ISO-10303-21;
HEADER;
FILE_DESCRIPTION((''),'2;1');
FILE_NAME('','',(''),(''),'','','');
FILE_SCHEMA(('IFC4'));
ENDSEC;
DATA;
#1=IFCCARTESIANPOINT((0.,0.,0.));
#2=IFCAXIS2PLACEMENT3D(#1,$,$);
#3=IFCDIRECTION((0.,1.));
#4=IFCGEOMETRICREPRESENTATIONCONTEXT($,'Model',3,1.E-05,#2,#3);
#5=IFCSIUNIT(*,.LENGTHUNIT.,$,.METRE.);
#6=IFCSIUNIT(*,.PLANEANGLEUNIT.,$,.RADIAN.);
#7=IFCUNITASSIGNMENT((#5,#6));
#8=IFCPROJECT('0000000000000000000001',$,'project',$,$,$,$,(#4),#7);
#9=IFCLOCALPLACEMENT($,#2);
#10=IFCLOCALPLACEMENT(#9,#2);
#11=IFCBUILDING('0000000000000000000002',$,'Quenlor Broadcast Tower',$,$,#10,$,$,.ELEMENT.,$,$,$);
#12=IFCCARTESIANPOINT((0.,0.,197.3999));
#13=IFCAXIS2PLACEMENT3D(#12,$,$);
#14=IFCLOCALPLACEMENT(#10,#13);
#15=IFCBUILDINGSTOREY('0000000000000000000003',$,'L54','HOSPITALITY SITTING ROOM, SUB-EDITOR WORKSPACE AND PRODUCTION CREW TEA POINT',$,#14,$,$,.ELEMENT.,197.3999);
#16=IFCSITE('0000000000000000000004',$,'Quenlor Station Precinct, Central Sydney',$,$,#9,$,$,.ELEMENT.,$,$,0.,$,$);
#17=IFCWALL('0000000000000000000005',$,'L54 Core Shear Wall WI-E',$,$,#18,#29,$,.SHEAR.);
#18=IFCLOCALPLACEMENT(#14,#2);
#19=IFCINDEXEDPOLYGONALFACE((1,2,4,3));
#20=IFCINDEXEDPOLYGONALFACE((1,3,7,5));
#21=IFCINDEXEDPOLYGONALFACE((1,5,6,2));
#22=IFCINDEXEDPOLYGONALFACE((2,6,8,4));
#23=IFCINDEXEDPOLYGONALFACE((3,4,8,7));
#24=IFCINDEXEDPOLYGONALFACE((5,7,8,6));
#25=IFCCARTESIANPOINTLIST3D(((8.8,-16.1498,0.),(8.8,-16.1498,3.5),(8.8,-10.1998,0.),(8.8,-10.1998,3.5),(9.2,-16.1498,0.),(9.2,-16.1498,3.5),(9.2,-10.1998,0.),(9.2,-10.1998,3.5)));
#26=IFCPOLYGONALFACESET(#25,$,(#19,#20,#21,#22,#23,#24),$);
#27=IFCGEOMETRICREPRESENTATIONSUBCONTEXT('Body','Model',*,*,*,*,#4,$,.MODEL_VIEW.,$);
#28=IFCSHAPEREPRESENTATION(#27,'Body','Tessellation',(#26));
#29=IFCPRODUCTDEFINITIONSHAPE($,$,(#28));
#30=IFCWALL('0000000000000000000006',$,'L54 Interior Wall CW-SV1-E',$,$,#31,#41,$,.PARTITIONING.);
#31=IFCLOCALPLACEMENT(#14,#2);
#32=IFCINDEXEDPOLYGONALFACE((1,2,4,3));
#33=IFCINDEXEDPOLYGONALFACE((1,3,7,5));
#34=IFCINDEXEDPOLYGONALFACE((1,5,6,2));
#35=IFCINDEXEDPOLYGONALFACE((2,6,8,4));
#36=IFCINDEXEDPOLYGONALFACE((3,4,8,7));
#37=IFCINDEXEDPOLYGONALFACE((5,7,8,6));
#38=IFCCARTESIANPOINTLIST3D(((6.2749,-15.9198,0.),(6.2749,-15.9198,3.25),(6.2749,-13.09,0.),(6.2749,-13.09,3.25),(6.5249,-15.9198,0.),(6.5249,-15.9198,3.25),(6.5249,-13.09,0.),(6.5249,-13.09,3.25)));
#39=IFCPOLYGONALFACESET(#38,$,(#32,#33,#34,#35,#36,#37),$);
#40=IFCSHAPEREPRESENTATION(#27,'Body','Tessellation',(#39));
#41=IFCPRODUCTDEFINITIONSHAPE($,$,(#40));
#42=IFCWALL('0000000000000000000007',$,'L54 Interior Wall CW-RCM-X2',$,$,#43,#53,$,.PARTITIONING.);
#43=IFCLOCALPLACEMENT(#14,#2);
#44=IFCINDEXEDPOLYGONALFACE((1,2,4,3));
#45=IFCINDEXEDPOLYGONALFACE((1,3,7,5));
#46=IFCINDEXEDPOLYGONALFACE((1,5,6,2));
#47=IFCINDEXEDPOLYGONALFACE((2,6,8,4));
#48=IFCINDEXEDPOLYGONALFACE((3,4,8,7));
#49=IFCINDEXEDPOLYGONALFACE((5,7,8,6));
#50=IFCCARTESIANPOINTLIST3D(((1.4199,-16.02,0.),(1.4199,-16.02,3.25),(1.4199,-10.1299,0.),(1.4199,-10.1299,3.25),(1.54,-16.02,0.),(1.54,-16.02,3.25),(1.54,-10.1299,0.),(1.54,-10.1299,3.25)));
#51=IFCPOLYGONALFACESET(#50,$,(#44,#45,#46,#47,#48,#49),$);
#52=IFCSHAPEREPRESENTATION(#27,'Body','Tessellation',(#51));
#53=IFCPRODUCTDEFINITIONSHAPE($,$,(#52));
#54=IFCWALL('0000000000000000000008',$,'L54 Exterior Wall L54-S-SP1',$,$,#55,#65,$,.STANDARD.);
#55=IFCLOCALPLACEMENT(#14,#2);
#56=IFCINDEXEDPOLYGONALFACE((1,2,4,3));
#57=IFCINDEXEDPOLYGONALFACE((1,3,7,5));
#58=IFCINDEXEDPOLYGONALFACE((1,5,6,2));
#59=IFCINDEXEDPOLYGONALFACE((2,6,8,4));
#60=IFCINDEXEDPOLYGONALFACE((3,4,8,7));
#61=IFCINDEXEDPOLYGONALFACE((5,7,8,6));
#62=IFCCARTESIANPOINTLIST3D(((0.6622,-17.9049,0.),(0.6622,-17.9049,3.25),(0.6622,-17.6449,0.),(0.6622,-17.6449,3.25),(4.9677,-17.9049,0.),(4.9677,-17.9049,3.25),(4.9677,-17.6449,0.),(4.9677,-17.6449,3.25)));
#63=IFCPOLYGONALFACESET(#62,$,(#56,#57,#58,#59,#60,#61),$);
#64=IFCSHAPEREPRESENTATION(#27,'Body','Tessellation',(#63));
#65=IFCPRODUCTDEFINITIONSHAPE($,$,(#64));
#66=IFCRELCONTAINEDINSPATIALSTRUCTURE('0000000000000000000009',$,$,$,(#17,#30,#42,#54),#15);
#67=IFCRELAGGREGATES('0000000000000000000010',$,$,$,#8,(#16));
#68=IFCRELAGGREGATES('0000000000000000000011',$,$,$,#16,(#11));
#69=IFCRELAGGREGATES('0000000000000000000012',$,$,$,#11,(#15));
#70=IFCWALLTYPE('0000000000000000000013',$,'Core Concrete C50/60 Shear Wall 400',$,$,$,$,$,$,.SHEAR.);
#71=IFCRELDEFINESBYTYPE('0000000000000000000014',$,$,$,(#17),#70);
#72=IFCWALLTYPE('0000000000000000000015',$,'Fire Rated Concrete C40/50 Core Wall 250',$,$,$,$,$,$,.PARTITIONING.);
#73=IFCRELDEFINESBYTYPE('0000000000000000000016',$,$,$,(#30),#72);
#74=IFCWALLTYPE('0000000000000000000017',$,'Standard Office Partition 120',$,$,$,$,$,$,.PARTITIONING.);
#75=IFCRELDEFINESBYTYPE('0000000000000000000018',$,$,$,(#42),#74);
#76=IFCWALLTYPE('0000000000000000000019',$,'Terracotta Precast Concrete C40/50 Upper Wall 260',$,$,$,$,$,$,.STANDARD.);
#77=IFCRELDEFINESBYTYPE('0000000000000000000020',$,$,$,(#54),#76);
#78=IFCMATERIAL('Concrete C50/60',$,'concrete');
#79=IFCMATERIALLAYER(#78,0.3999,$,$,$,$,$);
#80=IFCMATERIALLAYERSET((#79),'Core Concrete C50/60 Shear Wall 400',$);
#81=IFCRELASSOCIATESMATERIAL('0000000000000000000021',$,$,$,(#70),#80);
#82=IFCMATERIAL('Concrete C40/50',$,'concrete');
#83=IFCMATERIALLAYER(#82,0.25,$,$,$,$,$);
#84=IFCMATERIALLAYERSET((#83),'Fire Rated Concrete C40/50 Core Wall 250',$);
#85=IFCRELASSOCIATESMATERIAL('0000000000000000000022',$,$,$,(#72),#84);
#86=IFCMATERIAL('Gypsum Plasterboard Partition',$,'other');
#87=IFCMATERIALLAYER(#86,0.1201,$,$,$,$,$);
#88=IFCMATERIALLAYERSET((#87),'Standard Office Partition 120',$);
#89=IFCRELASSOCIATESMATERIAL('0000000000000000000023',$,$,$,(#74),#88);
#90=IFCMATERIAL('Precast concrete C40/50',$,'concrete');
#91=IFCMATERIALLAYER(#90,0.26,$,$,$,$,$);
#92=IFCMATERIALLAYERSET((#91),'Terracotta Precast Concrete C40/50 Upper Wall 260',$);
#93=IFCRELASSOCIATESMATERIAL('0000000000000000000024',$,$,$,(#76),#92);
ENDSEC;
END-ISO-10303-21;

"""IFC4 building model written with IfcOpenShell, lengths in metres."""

from ifc_helpers import new_model, si_unit, direction, frame, frame_2d, origin, place, context, subcontext, project, spatial, rectangle, extrude, material, layer, layer_set, type_object, element, save


model = new_model("IFC4")

# Units and contexts
model_context = context("Model", 3, precision=1e-05, world=origin(), true_north=direction((0.0, 1.0)))
body_context = subcontext(model_context, "Body", "Model", "MODEL_VIEW")
ifc_project = project(units=[si_unit("LENGTHUNIT", "METRE"), si_unit("PLANEANGLEUNIT", "RADIAN")], contexts=[model_context])

# Site, building, storey
site_placement = place(None, origin())
site = spatial("IfcSite", under=ifc_project, at=site_placement, Name="Quenlor Station Precinct, Central Sydney", CompositionType="ELEMENT", RefElevation=0.0)
building_placement = place(site_placement, origin())
building = spatial("IfcBuilding", under=site, at=building_placement, Name="Quenlor Broadcast Tower", CompositionType="ELEMENT")
storey_placement = place(building_placement, frame((0.0, 0.0, 197.3999)))
storey = spatial("IfcBuildingStorey", under=building, at=storey_placement, Name="L54", Description="HOSPITALITY SITTING ROOM, SUB-EDITOR WORKSPACE AND PRODUCTION CREW TEA POINT", CompositionType="ELEMENT", Elevation=197.3999)

# Walls
ifc_material_1 = material(Name="Concrete C50/60", Category="concrete")
ifc_layer_1 = layer(ifc_material_1, 0.3999)
ifc_layer_set_1 = layer_set([ifc_layer_1], Name="Core Concrete C50/60 Shear Wall 400")
wall_type_1 = type_object("IfcWallType", Name="Core Concrete C50/60 Shear Wall 400", PredefinedType="SHEAR", material=ifc_layer_set_1)
wall_1_placement = place(storey_placement, frame((9.0, -16.1499, 0.0), z_axis=(0.0, 0.0, 1.0), x_axis=(0.0, 1.0, 0.0)))
element("IfcWall", 1, at=wall_1_placement, inside=storey, type_object=wall_type_1, Name="L54 Core Shear Wall WI-E", PredefinedType="SHEAR", context=body_context, shape_type="SweptSolid", body=[
    extrude(rectangle(XDim=5.95, YDim=0.3999, at=frame_2d((2.9751, 0.0))), origin(), (0.0, 0.0, 1.0), 3.5),
])
ifc_material_2 = material(Name="Concrete C40/50", Category="concrete")
ifc_layer_2 = layer(ifc_material_2, 0.25)
ifc_layer_set_2 = layer_set([ifc_layer_2], Name="Fire Rated Concrete C40/50 Core Wall 250")
wall_type_2 = type_object("IfcWallType", Name="Fire Rated Concrete C40/50 Core Wall 250", PredefinedType="PARTITIONING", material=ifc_layer_set_2)
wall_2_placement = place(storey_placement, frame((6.3999, -15.9199, 0.0), z_axis=(0.0, 0.0, 1.0), x_axis=(0.0, 1.0, 0.0)))
element("IfcWall", 2, at=wall_2_placement, inside=storey, type_object=wall_type_2, Name="L54 Interior Wall CW-SV1-E", PredefinedType="PARTITIONING", context=body_context, shape_type="SweptSolid", body=[
    extrude(rectangle(XDim=2.8298, YDim=0.25, at=frame_2d((1.415, 0.0))), origin(), (0.0, 0.0, 1.0), 3.25),
])
ifc_material_3 = material(Name="Gypsum Plasterboard Partition", Category="other")
ifc_layer_3 = layer(ifc_material_3, 0.1201)
ifc_layer_set_3 = layer_set([ifc_layer_3], Name="Standard Office Partition 120")
wall_type_3 = type_object("IfcWallType", Name="Standard Office Partition 120", PredefinedType="PARTITIONING", material=ifc_layer_set_3)
wall_3_placement = place(storey_placement, frame((1.48, -16.02, 0.0), z_axis=(0.0, 0.0, 1.0), x_axis=(0.0, 1.0, 0.0)))
element("IfcWall", 3, at=wall_3_placement, inside=storey, type_object=wall_type_3, Name="L54 Interior Wall CW-RCM-X2", PredefinedType="PARTITIONING", context=body_context, shape_type="SweptSolid", body=[
    extrude(rectangle(XDim=5.8901, YDim=0.1201, at=frame_2d((2.9451, 0.0))), origin(), (0.0, 0.0, 1.0), 3.25),
])
ifc_material_4 = material(Name="Precast concrete C40/50", Category="concrete")
ifc_layer_4 = layer(ifc_material_4, 0.26)
ifc_layer_set_4 = layer_set([ifc_layer_4], Name="Terracotta Precast Concrete C40/50 Upper Wall 260")
wall_type_4 = type_object("IfcWallType", Name="Terracotta Precast Concrete C40/50 Upper Wall 260", PredefinedType="STANDARD", material=ifc_layer_set_4)
wall_4_placement = place(storey_placement, frame((4.9678, -17.7749, 0.0), z_axis=(0.0, 0.0, 1.0), x_axis=(-1.0, 0.0, 0.0)))
element("IfcWall", 4, at=wall_4_placement, inside=storey, type_object=wall_type_4, Name="L54 Exterior Wall L54-S-SP1", PredefinedType="STANDARD", context=body_context, shape_type="SweptSolid", body=[
    extrude(rectangle(XDim=4.3054, YDim=0.26, at=frame_2d((2.1528, 0.0))), origin(), (0.0, 0.0, 1.0), 3.25),
])

save(model, "model.ifc")
